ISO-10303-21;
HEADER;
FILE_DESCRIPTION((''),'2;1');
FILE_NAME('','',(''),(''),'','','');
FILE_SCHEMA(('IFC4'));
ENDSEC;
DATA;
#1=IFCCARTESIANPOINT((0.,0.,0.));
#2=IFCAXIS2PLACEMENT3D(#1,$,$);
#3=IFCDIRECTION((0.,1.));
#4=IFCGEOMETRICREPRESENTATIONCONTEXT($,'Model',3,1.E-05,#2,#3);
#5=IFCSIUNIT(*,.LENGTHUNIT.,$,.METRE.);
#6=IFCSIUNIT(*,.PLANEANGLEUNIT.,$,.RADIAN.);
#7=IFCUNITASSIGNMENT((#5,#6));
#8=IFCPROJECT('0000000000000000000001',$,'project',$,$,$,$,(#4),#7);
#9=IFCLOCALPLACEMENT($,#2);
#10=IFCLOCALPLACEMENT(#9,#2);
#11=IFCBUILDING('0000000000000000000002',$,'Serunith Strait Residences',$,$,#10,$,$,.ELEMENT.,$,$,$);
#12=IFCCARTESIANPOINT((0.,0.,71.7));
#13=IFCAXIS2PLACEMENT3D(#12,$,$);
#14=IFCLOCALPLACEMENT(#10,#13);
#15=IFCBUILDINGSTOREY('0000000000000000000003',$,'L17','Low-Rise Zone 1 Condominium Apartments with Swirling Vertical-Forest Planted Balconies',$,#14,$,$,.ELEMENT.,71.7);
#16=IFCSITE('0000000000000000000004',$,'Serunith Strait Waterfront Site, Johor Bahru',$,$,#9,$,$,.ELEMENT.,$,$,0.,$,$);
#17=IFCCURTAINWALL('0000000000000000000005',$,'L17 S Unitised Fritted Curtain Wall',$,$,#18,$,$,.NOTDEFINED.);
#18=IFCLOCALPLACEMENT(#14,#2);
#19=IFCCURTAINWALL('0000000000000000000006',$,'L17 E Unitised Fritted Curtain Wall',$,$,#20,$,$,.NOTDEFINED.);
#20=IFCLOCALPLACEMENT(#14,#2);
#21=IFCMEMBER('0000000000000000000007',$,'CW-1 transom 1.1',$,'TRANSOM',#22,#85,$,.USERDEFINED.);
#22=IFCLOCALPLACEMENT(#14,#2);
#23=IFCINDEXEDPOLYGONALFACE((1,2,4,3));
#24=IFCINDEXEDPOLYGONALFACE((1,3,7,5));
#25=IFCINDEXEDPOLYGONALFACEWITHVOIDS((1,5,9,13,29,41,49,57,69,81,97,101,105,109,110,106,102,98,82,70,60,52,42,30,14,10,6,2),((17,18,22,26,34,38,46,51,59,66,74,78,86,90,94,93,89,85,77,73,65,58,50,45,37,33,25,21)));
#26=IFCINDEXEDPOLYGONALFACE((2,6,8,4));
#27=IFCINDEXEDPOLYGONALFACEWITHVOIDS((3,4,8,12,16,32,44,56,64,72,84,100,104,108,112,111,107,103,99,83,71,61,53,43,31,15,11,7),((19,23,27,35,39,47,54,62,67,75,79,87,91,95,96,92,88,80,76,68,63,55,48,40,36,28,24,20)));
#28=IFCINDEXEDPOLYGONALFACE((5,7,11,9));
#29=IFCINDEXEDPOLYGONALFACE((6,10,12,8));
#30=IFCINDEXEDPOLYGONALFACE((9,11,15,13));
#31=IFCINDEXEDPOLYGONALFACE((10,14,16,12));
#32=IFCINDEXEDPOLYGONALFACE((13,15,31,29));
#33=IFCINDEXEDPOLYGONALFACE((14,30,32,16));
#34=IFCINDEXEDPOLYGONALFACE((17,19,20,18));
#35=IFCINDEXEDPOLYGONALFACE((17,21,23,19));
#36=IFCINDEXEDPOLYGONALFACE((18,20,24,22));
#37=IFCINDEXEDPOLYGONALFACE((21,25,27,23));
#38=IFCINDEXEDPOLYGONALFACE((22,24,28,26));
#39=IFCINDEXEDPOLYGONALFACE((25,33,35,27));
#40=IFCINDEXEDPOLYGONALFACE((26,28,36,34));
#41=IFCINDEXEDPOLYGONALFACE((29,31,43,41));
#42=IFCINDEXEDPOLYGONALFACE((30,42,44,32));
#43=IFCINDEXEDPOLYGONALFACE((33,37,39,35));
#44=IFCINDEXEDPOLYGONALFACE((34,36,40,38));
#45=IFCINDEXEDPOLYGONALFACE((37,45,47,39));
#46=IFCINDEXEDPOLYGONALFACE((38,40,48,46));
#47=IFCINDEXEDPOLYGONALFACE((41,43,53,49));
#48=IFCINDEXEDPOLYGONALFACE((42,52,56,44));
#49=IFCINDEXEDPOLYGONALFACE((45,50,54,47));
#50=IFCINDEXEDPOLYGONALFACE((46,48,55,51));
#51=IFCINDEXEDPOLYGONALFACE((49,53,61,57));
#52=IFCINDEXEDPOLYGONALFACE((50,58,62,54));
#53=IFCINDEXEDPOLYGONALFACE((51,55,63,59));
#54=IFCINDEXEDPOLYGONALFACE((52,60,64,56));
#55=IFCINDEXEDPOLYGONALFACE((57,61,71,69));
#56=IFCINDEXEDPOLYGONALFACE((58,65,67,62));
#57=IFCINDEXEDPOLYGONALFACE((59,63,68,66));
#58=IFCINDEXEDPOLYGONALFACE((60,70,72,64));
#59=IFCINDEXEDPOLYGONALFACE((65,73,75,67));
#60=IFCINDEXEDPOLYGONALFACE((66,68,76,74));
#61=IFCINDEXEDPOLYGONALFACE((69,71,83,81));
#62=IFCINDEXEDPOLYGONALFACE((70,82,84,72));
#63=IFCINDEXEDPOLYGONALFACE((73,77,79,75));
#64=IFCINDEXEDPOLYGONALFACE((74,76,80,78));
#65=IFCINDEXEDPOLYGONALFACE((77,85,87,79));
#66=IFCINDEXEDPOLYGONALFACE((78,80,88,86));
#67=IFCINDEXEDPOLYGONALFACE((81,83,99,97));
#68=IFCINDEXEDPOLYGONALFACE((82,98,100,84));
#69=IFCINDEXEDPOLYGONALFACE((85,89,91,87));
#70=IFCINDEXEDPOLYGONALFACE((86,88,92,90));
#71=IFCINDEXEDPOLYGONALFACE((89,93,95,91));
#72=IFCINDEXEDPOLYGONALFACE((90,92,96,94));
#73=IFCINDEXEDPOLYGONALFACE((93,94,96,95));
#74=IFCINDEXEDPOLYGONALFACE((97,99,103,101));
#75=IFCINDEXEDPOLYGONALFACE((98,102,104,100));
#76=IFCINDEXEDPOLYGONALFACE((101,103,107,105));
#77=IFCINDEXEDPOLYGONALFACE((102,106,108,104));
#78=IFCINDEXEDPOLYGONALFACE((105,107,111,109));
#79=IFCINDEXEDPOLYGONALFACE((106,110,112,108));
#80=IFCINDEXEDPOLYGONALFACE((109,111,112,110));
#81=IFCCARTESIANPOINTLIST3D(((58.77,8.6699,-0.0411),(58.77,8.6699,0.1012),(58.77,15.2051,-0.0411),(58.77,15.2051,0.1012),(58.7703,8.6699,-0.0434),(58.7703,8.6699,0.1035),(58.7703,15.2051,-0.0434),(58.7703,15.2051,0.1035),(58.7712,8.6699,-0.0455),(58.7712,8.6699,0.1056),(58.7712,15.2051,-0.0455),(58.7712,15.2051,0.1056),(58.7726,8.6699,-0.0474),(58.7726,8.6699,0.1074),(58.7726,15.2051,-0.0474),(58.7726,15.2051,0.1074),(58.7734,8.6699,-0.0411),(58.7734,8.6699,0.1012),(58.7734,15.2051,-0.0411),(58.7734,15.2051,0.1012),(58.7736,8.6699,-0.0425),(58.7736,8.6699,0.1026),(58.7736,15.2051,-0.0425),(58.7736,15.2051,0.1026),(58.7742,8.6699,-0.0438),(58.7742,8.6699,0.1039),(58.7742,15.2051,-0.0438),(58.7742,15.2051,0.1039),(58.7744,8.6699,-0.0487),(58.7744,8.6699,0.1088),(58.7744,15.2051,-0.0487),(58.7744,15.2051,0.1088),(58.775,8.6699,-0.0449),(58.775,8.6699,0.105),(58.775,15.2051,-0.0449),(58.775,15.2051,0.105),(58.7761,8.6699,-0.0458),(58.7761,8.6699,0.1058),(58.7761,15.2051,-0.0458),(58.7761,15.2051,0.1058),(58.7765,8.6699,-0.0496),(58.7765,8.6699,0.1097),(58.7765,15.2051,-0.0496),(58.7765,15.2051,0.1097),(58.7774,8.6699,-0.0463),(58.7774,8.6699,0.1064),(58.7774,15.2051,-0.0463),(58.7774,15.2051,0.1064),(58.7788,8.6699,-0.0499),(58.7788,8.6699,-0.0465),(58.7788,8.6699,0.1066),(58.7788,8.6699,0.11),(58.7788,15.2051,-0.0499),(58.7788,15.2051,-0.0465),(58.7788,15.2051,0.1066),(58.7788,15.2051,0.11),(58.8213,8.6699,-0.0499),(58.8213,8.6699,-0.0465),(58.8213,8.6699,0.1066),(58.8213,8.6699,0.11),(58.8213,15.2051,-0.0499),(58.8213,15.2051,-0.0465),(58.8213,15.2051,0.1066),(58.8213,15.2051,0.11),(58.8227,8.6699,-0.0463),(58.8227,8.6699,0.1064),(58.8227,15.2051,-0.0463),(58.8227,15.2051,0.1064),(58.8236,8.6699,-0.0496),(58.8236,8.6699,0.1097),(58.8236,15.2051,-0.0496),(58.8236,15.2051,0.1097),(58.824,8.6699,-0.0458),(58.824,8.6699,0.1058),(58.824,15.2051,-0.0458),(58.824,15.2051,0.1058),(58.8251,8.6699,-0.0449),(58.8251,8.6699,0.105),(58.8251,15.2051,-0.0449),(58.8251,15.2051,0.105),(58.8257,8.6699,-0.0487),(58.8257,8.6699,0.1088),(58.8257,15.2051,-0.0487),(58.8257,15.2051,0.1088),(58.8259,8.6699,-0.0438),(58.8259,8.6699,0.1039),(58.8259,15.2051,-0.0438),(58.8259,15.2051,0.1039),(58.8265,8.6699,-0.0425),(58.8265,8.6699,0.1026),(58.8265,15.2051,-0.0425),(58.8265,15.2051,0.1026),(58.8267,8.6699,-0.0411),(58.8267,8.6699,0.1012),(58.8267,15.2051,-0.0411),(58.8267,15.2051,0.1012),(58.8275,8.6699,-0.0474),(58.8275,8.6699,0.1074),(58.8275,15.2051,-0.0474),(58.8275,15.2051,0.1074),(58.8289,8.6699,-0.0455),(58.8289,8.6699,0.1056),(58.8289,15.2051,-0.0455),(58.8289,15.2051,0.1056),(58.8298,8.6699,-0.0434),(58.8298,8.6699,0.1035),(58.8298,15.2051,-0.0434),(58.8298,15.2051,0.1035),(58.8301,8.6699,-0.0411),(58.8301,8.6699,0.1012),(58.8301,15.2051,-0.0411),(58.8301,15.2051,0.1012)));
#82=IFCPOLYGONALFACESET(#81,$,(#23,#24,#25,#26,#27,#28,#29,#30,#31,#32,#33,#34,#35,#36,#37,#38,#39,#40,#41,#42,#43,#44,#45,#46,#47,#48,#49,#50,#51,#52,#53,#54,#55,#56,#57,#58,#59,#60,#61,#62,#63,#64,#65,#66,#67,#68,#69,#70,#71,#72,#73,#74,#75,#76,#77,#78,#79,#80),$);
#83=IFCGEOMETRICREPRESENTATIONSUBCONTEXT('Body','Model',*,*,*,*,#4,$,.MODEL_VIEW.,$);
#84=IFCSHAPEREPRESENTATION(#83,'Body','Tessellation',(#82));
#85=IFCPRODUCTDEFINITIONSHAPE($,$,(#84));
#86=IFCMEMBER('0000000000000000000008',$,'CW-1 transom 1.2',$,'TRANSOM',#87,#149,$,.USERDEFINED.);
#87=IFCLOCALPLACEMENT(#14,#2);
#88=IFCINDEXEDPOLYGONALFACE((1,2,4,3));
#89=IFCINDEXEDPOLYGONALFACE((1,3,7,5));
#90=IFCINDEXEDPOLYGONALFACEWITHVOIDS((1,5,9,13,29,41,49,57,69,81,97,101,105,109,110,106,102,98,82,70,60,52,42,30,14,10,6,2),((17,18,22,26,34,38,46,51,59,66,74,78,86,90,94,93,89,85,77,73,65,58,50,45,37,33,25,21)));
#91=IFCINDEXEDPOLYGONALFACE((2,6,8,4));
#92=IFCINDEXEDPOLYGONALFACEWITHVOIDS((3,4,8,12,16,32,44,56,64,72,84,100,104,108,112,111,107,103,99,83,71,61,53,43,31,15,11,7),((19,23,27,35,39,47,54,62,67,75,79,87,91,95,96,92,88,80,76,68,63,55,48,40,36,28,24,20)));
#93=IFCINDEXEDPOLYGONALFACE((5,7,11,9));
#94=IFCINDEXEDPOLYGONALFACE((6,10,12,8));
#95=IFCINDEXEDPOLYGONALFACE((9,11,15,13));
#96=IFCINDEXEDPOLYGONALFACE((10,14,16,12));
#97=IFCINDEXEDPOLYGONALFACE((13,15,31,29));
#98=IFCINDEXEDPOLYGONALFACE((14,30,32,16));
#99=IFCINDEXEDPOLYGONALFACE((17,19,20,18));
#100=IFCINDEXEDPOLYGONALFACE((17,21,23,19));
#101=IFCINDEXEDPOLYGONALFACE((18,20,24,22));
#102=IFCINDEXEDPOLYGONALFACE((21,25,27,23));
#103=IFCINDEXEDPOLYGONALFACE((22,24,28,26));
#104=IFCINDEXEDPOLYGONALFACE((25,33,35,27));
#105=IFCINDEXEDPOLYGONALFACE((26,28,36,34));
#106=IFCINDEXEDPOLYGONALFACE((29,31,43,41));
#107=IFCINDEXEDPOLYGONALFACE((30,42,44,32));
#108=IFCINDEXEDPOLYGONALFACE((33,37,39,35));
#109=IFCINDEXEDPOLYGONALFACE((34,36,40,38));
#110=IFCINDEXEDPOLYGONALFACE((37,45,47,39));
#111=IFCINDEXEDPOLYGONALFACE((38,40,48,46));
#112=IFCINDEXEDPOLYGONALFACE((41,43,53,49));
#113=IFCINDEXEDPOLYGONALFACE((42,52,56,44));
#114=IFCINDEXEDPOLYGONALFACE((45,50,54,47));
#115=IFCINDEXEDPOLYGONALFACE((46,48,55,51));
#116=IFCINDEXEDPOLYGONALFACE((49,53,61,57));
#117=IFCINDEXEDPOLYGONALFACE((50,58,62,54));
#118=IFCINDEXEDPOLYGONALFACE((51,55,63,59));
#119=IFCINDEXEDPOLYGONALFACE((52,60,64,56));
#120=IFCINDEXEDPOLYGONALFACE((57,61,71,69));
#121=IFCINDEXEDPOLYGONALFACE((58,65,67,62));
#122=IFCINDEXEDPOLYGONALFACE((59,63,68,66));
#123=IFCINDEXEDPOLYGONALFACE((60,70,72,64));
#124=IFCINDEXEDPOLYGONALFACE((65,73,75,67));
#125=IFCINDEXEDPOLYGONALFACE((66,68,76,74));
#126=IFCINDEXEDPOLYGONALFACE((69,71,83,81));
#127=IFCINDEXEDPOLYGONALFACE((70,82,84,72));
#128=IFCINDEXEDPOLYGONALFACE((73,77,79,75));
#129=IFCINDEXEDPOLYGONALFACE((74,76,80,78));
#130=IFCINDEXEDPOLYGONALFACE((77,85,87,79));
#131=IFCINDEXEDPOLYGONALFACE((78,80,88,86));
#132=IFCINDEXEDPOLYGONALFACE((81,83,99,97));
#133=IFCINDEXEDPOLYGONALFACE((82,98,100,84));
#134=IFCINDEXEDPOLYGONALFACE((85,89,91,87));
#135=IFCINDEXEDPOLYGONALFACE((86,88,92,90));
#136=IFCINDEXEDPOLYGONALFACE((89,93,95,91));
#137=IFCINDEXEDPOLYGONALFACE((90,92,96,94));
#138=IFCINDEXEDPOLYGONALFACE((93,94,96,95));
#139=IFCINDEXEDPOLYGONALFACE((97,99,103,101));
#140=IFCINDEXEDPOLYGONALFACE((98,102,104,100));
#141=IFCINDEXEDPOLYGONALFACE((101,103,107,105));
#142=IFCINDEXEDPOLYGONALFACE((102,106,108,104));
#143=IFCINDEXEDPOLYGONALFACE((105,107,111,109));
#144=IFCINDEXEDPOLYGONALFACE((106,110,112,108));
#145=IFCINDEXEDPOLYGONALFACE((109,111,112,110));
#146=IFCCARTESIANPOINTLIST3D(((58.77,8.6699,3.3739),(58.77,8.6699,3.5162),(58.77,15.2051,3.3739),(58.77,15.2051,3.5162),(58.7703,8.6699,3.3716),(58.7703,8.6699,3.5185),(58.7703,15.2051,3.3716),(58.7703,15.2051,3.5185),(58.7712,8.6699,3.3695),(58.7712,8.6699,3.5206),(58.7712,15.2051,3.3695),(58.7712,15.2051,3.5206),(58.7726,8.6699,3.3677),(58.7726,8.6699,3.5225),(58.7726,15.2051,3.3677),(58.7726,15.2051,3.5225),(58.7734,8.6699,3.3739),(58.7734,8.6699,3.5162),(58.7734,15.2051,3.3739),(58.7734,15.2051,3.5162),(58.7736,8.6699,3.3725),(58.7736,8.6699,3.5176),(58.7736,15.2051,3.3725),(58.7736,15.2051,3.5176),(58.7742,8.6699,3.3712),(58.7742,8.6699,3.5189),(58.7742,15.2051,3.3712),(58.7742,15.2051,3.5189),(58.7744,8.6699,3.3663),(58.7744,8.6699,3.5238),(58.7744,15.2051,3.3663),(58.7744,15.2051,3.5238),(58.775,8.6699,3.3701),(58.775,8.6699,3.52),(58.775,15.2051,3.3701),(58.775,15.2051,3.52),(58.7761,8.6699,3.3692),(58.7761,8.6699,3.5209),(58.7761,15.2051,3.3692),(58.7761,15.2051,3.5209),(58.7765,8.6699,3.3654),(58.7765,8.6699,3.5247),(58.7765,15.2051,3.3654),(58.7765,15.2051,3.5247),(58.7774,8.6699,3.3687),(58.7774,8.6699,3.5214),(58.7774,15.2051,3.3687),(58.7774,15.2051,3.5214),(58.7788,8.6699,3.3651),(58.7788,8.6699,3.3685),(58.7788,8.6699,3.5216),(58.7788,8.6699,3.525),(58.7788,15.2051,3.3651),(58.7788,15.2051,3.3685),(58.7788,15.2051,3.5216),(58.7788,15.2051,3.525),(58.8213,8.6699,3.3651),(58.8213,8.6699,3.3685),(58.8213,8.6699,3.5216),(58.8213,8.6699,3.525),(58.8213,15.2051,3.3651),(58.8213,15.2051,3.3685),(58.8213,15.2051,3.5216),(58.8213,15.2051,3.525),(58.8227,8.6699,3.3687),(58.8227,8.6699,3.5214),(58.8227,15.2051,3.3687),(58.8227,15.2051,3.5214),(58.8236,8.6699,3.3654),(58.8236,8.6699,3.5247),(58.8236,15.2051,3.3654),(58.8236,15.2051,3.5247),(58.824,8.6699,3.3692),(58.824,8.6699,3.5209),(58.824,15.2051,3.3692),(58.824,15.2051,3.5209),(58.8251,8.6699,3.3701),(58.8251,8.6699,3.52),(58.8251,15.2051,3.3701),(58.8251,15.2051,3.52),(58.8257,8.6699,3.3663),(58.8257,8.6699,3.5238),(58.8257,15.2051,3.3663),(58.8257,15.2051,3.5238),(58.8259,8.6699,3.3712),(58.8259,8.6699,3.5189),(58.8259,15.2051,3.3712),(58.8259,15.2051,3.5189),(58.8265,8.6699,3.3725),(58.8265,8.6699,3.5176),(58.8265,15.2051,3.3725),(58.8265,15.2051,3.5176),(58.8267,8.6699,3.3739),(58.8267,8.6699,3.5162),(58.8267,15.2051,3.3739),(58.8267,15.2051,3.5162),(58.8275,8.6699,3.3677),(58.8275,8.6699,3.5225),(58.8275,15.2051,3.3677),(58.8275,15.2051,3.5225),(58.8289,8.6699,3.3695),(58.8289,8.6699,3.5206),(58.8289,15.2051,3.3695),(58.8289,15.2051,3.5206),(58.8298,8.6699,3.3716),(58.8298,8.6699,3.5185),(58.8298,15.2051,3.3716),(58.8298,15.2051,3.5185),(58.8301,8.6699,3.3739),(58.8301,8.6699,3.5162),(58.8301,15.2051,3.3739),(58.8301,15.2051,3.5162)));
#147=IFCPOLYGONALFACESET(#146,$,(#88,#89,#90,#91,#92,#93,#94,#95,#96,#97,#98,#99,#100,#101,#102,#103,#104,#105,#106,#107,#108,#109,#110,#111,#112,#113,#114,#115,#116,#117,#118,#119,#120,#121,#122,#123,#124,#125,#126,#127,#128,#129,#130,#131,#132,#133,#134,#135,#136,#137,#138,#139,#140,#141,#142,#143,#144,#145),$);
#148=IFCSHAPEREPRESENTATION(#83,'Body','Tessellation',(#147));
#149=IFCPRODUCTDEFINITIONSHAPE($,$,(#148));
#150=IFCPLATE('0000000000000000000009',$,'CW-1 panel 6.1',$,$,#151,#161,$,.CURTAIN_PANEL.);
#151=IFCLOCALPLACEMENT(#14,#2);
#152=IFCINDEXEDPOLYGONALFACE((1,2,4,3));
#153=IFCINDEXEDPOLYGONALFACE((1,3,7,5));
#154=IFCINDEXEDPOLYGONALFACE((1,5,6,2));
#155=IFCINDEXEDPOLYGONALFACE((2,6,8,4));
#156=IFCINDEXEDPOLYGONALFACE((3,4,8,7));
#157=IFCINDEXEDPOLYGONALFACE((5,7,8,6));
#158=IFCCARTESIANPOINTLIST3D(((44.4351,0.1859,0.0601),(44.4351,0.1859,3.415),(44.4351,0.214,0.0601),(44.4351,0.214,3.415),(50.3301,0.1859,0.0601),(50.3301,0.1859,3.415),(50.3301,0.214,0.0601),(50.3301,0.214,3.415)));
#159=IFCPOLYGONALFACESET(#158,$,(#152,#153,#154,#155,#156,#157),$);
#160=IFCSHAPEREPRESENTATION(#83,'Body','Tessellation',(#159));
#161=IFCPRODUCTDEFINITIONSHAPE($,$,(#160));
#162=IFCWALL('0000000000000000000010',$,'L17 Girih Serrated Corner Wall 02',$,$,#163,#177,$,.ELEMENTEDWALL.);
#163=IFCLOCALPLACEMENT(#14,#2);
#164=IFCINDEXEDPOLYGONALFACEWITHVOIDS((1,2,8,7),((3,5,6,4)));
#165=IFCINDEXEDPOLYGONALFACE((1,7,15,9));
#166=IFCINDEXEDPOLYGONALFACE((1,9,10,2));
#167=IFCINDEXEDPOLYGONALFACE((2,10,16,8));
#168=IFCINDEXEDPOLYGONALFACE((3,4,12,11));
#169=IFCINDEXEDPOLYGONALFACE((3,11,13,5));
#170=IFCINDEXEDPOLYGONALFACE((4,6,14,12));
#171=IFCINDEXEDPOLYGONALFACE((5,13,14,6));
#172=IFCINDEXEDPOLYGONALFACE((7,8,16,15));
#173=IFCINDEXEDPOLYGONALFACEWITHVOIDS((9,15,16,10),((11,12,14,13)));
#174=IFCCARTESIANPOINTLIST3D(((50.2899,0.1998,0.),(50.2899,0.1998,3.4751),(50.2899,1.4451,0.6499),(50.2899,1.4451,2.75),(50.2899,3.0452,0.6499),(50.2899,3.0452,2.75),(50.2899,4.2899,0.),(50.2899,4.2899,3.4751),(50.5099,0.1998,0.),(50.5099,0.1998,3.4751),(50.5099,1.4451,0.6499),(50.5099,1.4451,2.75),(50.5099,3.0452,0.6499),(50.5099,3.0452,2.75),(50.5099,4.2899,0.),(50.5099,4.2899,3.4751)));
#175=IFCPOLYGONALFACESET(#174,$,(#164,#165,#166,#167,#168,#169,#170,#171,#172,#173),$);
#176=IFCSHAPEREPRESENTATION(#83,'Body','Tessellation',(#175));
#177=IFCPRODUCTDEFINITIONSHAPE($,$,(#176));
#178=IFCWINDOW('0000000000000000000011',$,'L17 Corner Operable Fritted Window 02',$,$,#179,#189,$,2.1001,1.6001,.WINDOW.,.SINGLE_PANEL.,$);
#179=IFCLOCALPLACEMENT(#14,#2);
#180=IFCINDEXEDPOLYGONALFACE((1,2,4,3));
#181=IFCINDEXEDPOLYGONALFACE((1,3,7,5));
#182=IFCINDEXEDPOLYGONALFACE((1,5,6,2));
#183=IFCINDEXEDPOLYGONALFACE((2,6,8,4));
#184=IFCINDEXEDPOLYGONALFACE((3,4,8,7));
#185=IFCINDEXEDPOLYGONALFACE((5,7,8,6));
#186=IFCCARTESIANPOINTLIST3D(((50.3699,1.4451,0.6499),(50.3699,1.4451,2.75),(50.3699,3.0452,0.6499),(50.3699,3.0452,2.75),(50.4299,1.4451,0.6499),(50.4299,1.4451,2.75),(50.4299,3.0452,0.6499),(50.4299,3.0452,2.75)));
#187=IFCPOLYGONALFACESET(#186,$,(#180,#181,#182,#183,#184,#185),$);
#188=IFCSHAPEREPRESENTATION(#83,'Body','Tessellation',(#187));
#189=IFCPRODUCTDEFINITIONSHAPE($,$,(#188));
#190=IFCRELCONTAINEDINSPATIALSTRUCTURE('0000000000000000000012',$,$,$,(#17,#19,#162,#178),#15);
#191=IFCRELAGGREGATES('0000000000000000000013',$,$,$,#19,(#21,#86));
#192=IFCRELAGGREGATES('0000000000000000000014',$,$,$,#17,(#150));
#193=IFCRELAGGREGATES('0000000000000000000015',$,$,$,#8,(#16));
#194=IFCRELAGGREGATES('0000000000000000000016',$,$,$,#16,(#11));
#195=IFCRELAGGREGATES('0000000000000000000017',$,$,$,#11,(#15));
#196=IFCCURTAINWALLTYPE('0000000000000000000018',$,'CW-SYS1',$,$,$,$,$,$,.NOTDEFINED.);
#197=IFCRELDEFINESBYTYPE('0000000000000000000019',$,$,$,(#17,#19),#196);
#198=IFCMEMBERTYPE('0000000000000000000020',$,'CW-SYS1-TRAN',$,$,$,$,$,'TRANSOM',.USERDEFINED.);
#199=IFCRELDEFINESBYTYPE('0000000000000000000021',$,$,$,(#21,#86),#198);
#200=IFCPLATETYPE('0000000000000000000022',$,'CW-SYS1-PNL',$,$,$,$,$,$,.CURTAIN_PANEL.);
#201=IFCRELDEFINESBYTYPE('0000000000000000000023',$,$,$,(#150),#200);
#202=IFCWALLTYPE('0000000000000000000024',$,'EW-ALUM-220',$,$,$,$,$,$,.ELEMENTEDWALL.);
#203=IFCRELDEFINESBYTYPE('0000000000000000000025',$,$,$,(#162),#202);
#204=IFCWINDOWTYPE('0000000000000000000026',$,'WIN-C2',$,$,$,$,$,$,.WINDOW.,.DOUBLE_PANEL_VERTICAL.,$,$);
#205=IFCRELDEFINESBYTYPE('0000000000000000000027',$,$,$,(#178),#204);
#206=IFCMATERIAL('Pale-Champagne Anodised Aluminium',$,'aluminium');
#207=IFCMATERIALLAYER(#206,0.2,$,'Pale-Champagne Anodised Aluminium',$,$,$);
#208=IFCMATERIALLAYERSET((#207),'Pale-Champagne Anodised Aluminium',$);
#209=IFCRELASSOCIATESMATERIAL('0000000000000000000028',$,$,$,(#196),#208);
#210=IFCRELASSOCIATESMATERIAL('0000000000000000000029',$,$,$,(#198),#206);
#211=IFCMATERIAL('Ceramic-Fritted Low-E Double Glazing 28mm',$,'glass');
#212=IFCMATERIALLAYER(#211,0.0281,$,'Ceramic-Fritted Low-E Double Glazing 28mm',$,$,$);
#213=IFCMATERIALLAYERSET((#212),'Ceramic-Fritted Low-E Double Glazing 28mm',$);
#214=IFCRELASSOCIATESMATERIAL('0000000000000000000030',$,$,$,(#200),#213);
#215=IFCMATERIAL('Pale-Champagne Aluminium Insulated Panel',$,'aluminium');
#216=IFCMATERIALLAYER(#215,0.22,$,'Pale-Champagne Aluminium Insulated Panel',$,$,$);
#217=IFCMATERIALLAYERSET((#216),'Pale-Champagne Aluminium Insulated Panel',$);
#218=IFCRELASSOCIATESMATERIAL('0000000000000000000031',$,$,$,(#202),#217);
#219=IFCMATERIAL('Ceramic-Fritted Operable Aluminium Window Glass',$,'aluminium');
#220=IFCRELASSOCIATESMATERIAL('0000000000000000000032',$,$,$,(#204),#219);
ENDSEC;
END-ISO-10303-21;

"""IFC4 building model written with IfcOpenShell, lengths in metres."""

from ifc_helpers import new_model, si_unit, direction, frame, frame_2d, origin, origin_2d, place, context, subcontext, project, spatial, rectangle, hollow_rectangle, extrude, source, transform, mapped, material, layer, layer_set, material_profile, profile_set, type_object, element, fill, aggregate, save


model = new_model("IFC4")

# Units and contexts
model_context = context("Model", 3, precision=1e-05, world=origin(), true_north=direction((0.0, 1.0)))
body_context = subcontext(model_context, "Body", "Model", "MODEL_VIEW")
ifc_project = project(units=[si_unit("LENGTHUNIT", "METRE"), si_unit("PLANEANGLEUNIT", "RADIAN")], contexts=[model_context])

# Site, building, storey
site_placement = place(None, origin())
site = spatial("IfcSite", under=ifc_project, at=site_placement, Name="Serunith Strait Waterfront Site, Johor Bahru", CompositionType="ELEMENT", RefElevation=0.0)
building_placement = place(site_placement, origin())
building = spatial("IfcBuilding", under=site, at=building_placement, Name="Serunith Strait Residences", CompositionType="ELEMENT")
storey_placement = place(building_placement, frame((0.0, 0.0, 71.7)))
storey = spatial("IfcBuildingStorey", under=building, at=storey_placement, Name="L17", Description="Low-Rise Zone 1 Condominium Apartments with Swirling Vertical-Forest Planted Balconies", CompositionType="ELEMENT", Elevation=71.7)

# Curtain wall
ifc_material_1 = material(Name="Pale-Champagne Anodised Aluminium", Category="aluminium")
ifc_layer_1 = layer(ifc_material_1, 0.2, Name="Pale-Champagne Anodised Aluminium")
ifc_layer_set_1 = layer_set([ifc_layer_1], Name="Pale-Champagne Anodised Aluminium")
curtain_wall_type = type_object("IfcCurtainWallType", Name="CW-SYS1", PredefinedType="NOTDEFINED", material=ifc_layer_set_1)
curtain_wall_1_placement = place(storey_placement, origin())
curtain_wall_1 = element("IfcCurtainWall", 1, at=curtain_wall_1_placement, inside=storey, type_object=curtain_wall_type, Name="L17 S Unitised Fritted Curtain Wall", PredefinedType="NOTDEFINED")

# Curtain wall, members
curtain_wall_2_placement = place(storey_placement, origin())
curtain_wall_2 = element("IfcCurtainWall", 2, at=curtain_wall_2_placement, inside=storey, type_object=curtain_wall_type, Name="L17 E Unitised Fritted Curtain Wall", PredefinedType="NOTDEFINED")
ifc_material_profile_1 = material_profile(ifc_material_1, hollow_rectangle(XDim=0.0601, YDim=0.1599, WallThickness=0.0034, InnerFilletRadius=0.0054, OuterFilletRadius=0.0088, at=origin_2d()), Name="ALU 160x60x3.5")
ifc_profile_set_1 = profile_set([ifc_material_profile_1], Name="Pale-Champagne Anodised Aluminium")
member_type_1 = type_object("IfcMemberType", Name="CW-SYS1-TRAN", ElementType="TRANSOM", PredefinedType="USERDEFINED", material=ifc_profile_set_1)
shared_shape_1 = source(origin(), body_context, "Body", "SweptSolid", [
    extrude(hollow_rectangle(XDim=0.0601, YDim=0.1599, WallThickness=0.0034, InnerFilletRadius=0.0054, OuterFilletRadius=0.0088, at=origin_2d()), origin(), (0.0, 0.0, 1.0), 6.5352),
])
member_1_placement = place(storey_placement, frame((58.8, 8.6699, 0.03), z_axis=(0.0, 1.0, 0.0), x_axis=(-1.0, 0.0, 0.0)))
member_1 = element("IfcMember", 3, at=member_1_placement, type_object=member_type_1, Name="CW-1 transom 1.1", ObjectType="TRANSOM", PredefinedType="USERDEFINED", context=body_context, shape_type="MappedRepresentation", body=[
    mapped(shared_shape_1, transform((0.0, 0.0, 0.0), scale=1.0)),
])
member_2_placement = place(storey_placement, frame((58.8, 8.6699, 3.4451), z_axis=(0.0, 1.0, 0.0), x_axis=(-1.0, 0.0, 0.0)))
member_2 = element("IfcMember", 4, at=member_2_placement, type_object=member_type_1, Name="CW-1 transom 1.2", ObjectType="TRANSOM", PredefinedType="USERDEFINED", context=body_context, shape_type="MappedRepresentation", body=[
    mapped(shared_shape_1, transform((0.0, 0.0, 0.0), scale=1.0)),
])
aggregate(curtain_wall_2, [member_1, member_2])

# Plate
ifc_material_2 = material(Name="Ceramic-Fritted Low-E Double Glazing 28mm", Category="glass")
ifc_layer_2 = layer(ifc_material_2, 0.0281, Name="Ceramic-Fritted Low-E Double Glazing 28mm")
ifc_layer_set_2 = layer_set([ifc_layer_2], Name="Ceramic-Fritted Low-E Double Glazing 28mm")
plate_type = type_object("IfcPlateType", Name="CW-SYS1-PNL", PredefinedType="CURTAIN_PANEL", material=ifc_layer_set_2)
shared_shape_2 = source(origin(), body_context, "Body", "SweptSolid", [
    extrude(rectangle(XDim=5.895, YDim=0.0281, at=origin_2d()), origin(), (0.0, 0.0, 1.0), 3.355),
])
plate_placement = place(storey_placement, frame((47.3826, 0.2, 0.0601), z_axis=(0.0, 0.0, 1.0), x_axis=(1.0, 0.0, 0.0)))
plate = element("IfcPlate", 5, at=plate_placement, type_object=plate_type, Name="CW-1 panel 6.1", PredefinedType="CURTAIN_PANEL", context=body_context, shape_type="MappedRepresentation", body=[
    mapped(shared_shape_2, transform((0.0, 0.0, 0.0), scale=1.0)),
])
aggregate(curtain_wall_1, [plate])

# Wall, opening, window
ifc_material_3 = material(Name="Pale-Champagne Aluminium Insulated Panel", Category="aluminium")
ifc_layer_3 = layer(ifc_material_3, 0.22, Name="Pale-Champagne Aluminium Insulated Panel")
ifc_layer_set_3 = layer_set([ifc_layer_3], Name="Pale-Champagne Aluminium Insulated Panel")
wall_type_1 = type_object("IfcWallType", Name="EW-ALUM-220", PredefinedType="ELEMENTEDWALL", material=ifc_layer_set_3)
wall_1_placement = place(storey_placement, frame((50.3999, 0.2, 0.0), z_axis=(0.0, 0.0, 1.0), x_axis=(0.0, 1.0, 0.0)))
wall_1 = element("IfcWall", 6, at=wall_1_placement, inside=storey, type_object=wall_type_1, Name="L17 Girih Serrated Corner Wall 02", PredefinedType="ELEMENTEDWALL", context=body_context, shape_type="SweptSolid", body=[
    extrude(rectangle(XDim=4.0901, YDim=0.22, at=frame_2d((2.0449, 0.0))), origin(), (0.0, 0.0, 1.0), 3.4751),
])
opening_1_placement = place(wall_1_placement, frame((1.2451, 0.0, 0.6499)))
opening_1 = element("IfcOpeningElement", 7, at=opening_1_placement, cuts=wall_1, PredefinedType="OPENING", context=body_context, shape_type="SweptSolid", body=[
    extrude(rectangle(XDim=1.6001, YDim=2.1001, at=frame_2d((0.8, 1.05))), frame((0.0, 0.1201, 0.0), z_axis=(0.0, -1.0, 0.0), x_axis=(1.0, 0.0, 0.0)), (0.0, 0.0, 1.0), 0.24),
])
ifc_material_4 = material(Name="Ceramic-Fritted Operable Aluminium Window Glass", Category="aluminium")
window_type = type_object("IfcWindowType", Name="WIN-C2", PartitioningType="DOUBLE_PANEL_VERTICAL", PredefinedType="WINDOW", material=ifc_material_4)
shared_shape_3 = source(origin(), body_context, "Body", "SweptSolid", [
    extrude(rectangle(XDim=1.6001, YDim=2.1001, at=frame_2d((0.8, 1.05))), frame((0.0, 0.03, 0.0), z_axis=(0.0, -1.0, 0.0), x_axis=(1.0, 0.0, 0.0)), (0.0, 0.0, 1.0), 0.0601),
])
window_1_placement = place(opening_1_placement, origin())
window_1 = element("IfcWindow", 8, at=window_1_placement, inside=storey, type_object=window_type, Name="L17 Corner Operable Fritted Window 02", OverallHeight=2.1001, OverallWidth=1.6001, PartitioningType="SINGLE_PANEL", PredefinedType="WINDOW", context=body_context, shape_type="MappedRepresentation", body=[
    mapped(shared_shape_3, transform((0.0, 0.0, 0.0), scale=1.0)),
])
fill(opening_1, window_1)

save(model, "model.ifc")
